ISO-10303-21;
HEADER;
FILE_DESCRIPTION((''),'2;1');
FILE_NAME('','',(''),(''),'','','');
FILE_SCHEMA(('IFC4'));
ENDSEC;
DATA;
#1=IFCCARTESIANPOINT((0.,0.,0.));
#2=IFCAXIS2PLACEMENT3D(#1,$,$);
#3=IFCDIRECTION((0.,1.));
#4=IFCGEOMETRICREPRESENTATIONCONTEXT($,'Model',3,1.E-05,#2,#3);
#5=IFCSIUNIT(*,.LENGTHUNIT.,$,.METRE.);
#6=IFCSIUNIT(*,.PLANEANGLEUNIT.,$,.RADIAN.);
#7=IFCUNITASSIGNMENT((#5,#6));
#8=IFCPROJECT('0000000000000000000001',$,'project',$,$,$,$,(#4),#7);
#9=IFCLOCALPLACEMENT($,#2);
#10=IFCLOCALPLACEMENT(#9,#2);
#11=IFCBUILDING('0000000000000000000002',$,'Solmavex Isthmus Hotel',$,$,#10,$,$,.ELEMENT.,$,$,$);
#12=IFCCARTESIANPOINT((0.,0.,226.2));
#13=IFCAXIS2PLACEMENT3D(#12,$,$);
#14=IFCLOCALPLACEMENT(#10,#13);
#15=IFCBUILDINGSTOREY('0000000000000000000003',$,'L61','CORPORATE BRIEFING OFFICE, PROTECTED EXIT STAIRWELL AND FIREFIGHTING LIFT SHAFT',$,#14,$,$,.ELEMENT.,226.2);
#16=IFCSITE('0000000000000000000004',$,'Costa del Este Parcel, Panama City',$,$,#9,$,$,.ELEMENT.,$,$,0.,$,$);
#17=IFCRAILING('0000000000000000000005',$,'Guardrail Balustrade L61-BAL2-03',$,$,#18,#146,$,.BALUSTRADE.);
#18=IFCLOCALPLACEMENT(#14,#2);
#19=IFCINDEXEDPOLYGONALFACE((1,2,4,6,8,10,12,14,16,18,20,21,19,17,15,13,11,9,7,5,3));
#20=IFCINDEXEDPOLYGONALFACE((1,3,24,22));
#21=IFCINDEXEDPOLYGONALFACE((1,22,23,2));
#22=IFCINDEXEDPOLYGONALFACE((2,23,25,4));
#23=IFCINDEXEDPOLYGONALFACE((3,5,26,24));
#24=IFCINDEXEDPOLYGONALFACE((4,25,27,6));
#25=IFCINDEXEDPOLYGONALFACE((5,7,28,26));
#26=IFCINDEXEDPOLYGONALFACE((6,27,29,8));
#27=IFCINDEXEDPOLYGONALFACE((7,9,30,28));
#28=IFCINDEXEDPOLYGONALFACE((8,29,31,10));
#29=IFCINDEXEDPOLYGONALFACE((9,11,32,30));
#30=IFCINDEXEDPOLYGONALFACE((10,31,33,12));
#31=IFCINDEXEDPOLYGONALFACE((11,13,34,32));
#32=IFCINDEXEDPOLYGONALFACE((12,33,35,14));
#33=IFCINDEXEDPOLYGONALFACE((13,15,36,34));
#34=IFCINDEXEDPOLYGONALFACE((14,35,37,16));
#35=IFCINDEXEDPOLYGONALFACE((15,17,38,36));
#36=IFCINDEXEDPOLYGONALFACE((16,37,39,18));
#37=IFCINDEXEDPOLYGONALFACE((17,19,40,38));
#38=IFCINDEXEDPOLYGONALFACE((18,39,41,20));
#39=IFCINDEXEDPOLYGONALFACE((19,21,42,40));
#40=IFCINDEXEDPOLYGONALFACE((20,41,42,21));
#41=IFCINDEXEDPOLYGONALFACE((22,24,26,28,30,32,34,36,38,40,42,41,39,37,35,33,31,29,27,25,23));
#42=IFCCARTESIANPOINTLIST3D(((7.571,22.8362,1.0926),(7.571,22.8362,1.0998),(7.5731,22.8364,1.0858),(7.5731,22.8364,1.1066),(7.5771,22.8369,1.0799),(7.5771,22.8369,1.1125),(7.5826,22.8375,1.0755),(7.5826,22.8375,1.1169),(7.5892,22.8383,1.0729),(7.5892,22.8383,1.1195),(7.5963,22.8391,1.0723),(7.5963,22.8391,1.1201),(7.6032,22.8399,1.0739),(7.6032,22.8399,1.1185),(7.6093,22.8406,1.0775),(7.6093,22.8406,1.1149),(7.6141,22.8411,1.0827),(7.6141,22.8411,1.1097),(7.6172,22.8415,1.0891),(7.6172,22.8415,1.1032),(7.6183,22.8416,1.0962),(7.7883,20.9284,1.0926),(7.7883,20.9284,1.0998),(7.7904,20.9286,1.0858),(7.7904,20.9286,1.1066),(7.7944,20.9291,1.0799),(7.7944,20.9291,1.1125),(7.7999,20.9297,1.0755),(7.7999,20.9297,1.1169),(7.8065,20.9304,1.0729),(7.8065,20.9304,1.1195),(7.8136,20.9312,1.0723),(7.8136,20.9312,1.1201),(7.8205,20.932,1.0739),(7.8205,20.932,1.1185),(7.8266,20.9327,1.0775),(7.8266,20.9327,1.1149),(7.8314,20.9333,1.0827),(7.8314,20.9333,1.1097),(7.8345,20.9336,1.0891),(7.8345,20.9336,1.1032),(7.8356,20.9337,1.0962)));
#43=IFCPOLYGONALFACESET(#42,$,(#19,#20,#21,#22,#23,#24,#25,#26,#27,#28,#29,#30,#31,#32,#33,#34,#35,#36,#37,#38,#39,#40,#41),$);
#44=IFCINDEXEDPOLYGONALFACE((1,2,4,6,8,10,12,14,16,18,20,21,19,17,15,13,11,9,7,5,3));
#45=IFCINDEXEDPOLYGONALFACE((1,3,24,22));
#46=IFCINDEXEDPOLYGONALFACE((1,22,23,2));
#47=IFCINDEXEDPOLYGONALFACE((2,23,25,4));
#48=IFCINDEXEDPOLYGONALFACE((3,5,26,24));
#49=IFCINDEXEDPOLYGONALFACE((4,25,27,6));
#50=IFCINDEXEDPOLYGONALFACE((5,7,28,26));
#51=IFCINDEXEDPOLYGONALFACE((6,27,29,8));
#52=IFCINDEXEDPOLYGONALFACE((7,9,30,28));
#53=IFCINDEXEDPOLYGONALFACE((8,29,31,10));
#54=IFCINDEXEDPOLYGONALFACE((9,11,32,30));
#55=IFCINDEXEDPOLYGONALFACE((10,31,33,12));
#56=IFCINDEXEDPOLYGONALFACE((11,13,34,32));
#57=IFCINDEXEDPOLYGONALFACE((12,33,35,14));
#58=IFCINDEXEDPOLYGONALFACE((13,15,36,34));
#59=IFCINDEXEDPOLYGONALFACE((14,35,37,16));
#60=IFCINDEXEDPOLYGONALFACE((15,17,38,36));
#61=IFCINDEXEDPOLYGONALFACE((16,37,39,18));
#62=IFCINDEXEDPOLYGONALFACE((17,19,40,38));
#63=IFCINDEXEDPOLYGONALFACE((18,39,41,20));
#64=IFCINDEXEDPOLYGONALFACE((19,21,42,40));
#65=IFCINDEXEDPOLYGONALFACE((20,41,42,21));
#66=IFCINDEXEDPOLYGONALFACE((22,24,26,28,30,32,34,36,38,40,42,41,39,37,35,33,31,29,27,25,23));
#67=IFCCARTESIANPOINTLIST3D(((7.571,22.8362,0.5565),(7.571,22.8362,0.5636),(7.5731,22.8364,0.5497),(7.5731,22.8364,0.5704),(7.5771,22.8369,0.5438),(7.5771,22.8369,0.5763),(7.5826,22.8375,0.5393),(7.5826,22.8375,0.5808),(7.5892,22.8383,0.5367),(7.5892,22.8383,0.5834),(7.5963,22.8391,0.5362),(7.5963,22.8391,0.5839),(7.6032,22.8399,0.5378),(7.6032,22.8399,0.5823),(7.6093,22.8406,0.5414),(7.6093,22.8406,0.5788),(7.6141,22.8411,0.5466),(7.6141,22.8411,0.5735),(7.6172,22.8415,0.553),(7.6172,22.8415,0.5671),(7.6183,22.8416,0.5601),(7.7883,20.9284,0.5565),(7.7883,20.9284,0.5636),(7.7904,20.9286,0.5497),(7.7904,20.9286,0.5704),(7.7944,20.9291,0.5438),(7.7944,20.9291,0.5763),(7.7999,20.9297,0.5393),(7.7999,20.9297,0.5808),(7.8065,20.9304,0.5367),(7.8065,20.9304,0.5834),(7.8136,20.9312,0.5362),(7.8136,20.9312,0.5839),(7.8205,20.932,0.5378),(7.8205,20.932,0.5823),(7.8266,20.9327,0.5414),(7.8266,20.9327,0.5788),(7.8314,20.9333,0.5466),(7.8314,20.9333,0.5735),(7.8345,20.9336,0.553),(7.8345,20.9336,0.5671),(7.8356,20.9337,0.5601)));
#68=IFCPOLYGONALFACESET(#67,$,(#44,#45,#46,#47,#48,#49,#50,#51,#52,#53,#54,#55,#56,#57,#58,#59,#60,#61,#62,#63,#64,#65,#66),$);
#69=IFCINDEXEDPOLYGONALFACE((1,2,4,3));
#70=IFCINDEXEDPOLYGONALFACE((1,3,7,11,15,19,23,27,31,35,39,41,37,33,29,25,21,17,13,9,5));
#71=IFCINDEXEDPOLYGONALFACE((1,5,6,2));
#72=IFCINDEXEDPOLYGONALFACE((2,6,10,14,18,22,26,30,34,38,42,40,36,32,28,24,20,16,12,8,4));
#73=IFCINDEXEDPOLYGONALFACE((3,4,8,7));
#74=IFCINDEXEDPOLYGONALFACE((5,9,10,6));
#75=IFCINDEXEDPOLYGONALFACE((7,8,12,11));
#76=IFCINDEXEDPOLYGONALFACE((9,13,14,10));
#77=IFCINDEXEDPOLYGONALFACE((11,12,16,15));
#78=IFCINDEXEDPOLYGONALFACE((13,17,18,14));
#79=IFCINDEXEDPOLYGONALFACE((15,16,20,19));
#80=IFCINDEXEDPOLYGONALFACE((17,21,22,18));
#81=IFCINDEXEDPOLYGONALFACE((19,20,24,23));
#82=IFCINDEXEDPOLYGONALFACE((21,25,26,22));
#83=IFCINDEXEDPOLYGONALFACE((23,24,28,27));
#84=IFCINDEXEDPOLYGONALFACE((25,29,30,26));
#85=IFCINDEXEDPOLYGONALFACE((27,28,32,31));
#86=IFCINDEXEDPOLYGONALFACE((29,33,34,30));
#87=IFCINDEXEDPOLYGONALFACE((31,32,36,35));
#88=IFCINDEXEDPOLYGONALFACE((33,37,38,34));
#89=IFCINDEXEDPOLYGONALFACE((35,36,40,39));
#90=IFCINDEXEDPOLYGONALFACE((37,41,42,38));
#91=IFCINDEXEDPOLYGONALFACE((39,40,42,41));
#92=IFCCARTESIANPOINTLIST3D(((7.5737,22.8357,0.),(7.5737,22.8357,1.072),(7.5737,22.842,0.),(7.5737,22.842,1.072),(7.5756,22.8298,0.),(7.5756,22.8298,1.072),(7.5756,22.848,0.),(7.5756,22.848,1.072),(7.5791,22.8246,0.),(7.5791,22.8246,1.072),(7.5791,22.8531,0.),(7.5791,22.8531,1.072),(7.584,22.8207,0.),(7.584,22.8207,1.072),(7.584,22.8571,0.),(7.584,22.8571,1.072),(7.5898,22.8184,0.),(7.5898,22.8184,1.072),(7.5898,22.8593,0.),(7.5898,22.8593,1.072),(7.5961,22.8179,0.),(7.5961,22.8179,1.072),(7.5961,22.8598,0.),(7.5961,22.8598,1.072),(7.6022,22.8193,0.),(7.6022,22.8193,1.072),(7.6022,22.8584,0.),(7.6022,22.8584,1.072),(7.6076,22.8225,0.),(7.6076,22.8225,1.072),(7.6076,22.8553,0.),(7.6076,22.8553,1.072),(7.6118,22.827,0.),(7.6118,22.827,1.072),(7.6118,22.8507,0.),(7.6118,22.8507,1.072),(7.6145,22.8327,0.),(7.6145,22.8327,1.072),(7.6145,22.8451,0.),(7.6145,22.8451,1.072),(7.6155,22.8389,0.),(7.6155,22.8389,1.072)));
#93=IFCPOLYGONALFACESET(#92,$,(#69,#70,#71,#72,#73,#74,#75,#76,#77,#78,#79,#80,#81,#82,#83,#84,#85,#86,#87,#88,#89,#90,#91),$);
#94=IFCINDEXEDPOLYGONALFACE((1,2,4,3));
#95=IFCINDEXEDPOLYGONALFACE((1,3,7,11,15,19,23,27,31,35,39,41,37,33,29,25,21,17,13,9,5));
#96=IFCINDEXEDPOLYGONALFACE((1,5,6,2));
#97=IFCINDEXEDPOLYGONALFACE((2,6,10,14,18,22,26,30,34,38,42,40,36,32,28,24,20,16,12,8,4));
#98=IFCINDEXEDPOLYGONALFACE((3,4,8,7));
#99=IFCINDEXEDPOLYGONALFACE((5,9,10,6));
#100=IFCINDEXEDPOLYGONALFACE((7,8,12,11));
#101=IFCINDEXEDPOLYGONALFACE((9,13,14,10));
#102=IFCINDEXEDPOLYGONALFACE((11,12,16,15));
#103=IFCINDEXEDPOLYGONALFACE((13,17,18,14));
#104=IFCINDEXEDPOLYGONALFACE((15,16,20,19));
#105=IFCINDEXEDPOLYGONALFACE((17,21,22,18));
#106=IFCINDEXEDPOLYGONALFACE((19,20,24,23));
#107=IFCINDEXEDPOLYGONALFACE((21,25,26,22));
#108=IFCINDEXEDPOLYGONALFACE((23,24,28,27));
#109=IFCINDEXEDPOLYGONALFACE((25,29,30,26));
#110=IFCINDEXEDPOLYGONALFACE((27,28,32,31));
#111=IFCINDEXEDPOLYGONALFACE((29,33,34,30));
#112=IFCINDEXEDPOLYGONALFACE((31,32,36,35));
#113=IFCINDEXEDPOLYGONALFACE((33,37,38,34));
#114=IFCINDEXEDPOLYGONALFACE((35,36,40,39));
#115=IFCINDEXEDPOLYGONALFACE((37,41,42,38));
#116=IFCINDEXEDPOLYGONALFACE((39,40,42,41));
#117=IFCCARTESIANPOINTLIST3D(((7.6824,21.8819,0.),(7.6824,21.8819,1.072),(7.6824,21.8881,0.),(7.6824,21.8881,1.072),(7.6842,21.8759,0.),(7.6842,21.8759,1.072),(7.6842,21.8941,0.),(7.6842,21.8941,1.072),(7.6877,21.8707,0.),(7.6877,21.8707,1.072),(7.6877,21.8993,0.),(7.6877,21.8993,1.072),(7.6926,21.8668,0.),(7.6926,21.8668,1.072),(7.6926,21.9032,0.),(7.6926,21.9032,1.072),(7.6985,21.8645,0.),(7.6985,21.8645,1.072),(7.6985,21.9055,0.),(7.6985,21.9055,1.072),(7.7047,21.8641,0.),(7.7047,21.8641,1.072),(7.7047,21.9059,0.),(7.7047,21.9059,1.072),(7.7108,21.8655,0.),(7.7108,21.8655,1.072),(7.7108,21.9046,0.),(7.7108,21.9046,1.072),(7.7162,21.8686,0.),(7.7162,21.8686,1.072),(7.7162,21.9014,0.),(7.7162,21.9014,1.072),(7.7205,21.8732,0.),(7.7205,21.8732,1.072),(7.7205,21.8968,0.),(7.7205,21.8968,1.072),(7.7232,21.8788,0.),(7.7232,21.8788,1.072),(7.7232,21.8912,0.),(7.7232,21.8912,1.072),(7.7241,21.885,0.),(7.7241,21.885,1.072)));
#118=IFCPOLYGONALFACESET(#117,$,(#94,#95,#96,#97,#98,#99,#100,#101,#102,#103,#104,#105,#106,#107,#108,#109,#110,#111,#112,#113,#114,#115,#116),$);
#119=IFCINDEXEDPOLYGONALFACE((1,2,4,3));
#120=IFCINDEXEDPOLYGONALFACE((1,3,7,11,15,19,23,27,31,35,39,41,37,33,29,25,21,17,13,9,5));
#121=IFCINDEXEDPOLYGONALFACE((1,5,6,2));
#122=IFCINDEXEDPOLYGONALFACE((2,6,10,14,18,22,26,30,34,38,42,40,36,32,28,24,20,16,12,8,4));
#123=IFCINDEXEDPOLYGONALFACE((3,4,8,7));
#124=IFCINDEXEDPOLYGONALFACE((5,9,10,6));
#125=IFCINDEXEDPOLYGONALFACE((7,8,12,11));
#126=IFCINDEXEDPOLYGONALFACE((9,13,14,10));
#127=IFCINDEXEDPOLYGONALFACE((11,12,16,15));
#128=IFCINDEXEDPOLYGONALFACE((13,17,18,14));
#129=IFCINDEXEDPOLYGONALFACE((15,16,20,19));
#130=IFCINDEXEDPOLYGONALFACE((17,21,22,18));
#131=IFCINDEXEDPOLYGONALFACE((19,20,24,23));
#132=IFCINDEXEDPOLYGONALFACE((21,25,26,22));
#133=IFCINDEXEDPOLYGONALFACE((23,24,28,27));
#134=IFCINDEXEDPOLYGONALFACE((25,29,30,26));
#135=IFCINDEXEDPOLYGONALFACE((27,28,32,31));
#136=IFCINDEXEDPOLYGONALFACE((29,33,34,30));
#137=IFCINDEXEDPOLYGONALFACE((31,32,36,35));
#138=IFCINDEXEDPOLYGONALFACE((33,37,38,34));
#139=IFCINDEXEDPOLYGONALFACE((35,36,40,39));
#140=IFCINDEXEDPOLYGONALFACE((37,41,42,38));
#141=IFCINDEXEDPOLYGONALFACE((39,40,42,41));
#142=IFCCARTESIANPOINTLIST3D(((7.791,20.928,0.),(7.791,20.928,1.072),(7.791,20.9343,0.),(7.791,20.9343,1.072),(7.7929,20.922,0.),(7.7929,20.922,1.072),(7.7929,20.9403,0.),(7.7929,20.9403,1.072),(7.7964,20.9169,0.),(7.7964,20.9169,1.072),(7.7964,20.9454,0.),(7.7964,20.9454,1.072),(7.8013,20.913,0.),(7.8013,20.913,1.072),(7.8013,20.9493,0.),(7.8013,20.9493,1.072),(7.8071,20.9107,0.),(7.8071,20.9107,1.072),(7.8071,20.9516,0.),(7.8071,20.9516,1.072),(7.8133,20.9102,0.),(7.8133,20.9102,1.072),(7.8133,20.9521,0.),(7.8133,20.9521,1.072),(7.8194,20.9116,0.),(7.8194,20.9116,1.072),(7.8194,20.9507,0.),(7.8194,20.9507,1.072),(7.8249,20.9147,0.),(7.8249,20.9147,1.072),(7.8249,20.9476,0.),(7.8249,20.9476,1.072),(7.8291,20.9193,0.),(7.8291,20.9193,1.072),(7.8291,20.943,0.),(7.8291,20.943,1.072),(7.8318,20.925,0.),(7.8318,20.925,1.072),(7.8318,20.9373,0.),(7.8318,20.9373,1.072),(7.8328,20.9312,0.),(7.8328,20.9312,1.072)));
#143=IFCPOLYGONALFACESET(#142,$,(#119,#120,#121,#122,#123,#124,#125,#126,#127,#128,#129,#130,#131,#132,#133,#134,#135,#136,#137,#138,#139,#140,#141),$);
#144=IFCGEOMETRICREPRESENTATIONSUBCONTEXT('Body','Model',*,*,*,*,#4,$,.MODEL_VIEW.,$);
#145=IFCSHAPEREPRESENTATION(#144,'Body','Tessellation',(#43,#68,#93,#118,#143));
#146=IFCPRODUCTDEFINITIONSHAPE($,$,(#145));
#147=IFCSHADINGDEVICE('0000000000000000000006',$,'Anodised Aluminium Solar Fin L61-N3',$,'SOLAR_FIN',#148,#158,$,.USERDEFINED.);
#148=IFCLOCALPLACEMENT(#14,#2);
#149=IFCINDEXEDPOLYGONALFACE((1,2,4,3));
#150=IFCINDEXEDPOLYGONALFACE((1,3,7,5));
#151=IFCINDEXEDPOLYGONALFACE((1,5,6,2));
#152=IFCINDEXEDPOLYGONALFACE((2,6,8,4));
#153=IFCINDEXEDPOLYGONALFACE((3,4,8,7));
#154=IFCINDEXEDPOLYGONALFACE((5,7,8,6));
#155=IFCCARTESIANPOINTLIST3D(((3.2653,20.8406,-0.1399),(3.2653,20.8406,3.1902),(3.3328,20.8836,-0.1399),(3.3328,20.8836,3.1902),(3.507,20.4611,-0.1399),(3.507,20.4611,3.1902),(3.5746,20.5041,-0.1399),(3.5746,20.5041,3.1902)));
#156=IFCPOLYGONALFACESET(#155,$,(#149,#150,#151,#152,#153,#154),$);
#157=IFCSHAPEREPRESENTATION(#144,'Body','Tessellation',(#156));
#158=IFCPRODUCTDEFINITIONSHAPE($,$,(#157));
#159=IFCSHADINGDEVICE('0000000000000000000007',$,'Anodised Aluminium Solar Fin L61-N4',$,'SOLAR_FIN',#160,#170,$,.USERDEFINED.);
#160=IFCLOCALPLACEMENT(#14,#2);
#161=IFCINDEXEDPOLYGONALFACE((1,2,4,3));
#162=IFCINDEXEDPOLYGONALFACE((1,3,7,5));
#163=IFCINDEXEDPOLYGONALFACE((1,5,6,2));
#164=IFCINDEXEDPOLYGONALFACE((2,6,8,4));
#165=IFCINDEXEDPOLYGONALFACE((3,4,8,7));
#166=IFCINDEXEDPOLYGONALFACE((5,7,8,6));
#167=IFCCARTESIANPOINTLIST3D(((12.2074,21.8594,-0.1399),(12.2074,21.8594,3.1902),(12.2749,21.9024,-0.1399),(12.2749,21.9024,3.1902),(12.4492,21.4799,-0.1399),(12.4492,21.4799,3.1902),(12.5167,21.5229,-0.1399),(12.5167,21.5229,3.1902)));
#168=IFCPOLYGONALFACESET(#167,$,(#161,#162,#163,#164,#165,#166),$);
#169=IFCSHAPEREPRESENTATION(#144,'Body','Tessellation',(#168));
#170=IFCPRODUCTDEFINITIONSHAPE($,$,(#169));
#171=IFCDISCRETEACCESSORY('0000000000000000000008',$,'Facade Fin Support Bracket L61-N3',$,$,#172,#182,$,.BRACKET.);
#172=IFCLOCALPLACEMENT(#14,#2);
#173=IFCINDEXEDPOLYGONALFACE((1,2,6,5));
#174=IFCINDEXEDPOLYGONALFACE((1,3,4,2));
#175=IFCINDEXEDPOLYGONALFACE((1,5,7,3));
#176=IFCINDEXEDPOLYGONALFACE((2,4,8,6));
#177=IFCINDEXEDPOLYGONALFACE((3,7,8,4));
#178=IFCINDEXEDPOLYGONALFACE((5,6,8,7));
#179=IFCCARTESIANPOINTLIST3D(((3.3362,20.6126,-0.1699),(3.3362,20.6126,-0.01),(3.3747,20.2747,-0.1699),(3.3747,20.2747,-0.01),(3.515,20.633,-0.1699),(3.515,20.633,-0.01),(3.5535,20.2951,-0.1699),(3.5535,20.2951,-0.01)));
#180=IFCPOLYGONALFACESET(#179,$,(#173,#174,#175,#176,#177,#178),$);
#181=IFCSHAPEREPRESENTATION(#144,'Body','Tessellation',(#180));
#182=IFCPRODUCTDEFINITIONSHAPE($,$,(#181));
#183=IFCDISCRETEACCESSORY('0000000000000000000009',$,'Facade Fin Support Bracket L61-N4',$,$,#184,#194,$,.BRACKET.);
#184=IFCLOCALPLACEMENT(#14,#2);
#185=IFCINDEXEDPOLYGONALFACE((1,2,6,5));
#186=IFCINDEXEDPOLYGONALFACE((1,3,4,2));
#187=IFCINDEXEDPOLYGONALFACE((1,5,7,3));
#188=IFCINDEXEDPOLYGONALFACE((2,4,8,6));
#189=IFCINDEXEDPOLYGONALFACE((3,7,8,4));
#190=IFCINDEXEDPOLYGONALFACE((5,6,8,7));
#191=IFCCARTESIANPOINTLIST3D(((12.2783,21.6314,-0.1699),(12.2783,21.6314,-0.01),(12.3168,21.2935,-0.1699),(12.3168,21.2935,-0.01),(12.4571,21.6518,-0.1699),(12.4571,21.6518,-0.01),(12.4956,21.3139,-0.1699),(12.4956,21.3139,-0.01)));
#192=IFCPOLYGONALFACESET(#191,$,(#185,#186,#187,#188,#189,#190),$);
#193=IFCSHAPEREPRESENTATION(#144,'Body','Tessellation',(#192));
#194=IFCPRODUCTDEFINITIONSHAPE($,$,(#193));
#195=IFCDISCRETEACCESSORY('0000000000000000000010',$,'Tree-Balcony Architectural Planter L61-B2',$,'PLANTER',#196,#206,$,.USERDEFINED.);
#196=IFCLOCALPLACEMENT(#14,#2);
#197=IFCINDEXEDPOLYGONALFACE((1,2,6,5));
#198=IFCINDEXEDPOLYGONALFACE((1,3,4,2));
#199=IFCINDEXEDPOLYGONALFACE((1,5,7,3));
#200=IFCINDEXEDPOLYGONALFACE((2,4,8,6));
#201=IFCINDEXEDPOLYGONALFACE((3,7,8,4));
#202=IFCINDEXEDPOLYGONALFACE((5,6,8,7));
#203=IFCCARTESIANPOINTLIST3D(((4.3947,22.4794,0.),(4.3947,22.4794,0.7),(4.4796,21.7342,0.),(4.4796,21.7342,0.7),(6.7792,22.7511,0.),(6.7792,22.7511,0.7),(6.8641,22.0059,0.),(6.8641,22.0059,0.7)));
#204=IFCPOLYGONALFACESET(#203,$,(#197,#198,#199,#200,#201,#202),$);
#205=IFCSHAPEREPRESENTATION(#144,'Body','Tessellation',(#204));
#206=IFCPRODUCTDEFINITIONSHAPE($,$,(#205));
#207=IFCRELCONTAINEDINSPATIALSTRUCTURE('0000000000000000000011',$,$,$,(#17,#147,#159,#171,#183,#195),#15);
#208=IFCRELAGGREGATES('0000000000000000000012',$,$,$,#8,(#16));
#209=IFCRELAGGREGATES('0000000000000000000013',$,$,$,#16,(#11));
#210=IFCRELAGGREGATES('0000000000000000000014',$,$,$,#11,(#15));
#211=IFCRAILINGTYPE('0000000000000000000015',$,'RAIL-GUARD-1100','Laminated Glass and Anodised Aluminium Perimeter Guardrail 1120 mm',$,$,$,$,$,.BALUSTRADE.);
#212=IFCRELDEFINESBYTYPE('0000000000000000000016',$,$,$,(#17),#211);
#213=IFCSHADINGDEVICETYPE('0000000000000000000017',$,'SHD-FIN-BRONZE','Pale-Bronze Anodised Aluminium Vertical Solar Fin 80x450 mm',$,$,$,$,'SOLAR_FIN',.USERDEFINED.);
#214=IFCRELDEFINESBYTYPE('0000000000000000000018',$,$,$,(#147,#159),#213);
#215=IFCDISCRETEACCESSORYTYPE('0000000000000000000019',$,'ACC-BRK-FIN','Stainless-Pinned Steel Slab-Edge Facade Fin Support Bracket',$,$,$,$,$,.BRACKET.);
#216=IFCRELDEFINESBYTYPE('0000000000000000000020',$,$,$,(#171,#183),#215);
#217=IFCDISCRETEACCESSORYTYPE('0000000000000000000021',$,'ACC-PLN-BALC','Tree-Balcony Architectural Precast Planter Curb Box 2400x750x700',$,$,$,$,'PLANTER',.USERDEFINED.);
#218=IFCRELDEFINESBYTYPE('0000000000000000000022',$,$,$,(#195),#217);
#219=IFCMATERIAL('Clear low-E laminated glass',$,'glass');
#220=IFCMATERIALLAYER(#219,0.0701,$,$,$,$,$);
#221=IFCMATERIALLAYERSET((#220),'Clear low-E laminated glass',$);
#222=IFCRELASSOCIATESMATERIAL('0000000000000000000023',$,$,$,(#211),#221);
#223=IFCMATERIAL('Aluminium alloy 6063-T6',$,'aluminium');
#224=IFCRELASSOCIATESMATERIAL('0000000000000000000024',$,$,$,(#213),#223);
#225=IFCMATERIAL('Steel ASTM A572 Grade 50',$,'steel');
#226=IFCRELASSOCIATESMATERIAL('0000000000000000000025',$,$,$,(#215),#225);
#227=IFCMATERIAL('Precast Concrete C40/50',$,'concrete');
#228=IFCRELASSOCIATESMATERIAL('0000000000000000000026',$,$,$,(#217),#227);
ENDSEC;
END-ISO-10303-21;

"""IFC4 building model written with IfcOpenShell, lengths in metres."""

from ifc_helpers import new_model, si_unit, direction, frame, origin, origin_2d, place, context, subcontext, project, spatial, rectangle, circle, extrude, material, layer, layer_set, type_object, element, save


model = new_model("IFC4")

# Units and contexts
model_context = context("Model", 3, precision=1e-05, world=origin(), true_north=direction((0.0, 1.0)))
body_context = subcontext(model_context, "Body", "Model", "MODEL_VIEW")
ifc_project = project(units=[si_unit("LENGTHUNIT", "METRE"), si_unit("PLANEANGLEUNIT", "RADIAN")], contexts=[model_context])

# Site, building, storey
site_placement = place(None, origin())
site = spatial("IfcSite", under=ifc_project, at=site_placement, Name="Costa del Este Parcel, Panama City", CompositionType="ELEMENT", RefElevation=0.0)
building_placement = place(site_placement, origin())
building = spatial("IfcBuilding", under=site, at=building_placement, Name="Solmavex Isthmus Hotel", CompositionType="ELEMENT")
storey_placement = place(building_placement, frame((0.0, 0.0, 226.2)))
storey = spatial("IfcBuildingStorey", under=building, at=storey_placement, Name="L61", Description="CORPORATE BRIEFING OFFICE, PROTECTED EXIT STAIRWELL AND FIREFIGHTING LIFT SHAFT", CompositionType="ELEMENT", Elevation=226.2)

# Shared definitions
ifc_material_1 = material(Name="Aluminium alloy 6063-T6", Category="aluminium")

# Shared definitions
ifc_material_2 = material(Name="Clear low-E laminated glass", Category="glass")

# Shared definitions
ifc_material_3 = material(Name="Precast Concrete C40/50", Category="concrete")

# Railing
ifc_layer_1 = layer(ifc_material_2, 0.0701)
ifc_layer_set_1 = layer_set([ifc_layer_1], Name="Clear low-E laminated glass")
railing_type = type_object("IfcRailingType", Name="RAIL-GUARD-1100", Description="Laminated Glass and Anodised Aluminium Perimeter Guardrail 1120 mm", PredefinedType="BALUSTRADE", material=ifc_layer_set_1)
railing_1_placement = place(storey_placement, frame((7.5945, 22.8389, 0.0)))
element("IfcRailing", 1, at=railing_1_placement, inside=storey, type_object=railing_type, Name="Guardrail Balustrade L61-BAL2-03", PredefinedType="BALUSTRADE", context=body_context, shape_type="SweptSolid", body=[
    extrude(circle(Radius=0.0239, at=origin_2d()), frame((0.0, 0.0, 1.0962), z_axis=(0.113166, -0.993576, 0.0), x_axis=(0.993576, 0.113166, 0.0)), (0.0, 0.0, 1.0), 1.9202),
    extrude(circle(Radius=0.0239, at=origin_2d()), frame((0.0, 0.0, 0.5601), z_axis=(0.113166, -0.993576, 0.0), x_axis=(0.993576, 0.113166, 0.0)), (0.0, 0.0, 1.0), 1.9202),
    extrude(circle(Radius=0.021, at=origin_2d()), origin(), (0.0, 0.0, 1.0), 1.072),
    extrude(circle(Radius=0.021, at=origin_2d()), frame((0.1086, -0.9539, 0.0)), (0.0, 0.0, 1.0), 1.072),
    extrude(circle(Radius=0.021, at=origin_2d()), frame((0.2173, -1.9077, 0.0)), (0.0, 0.0, 1.0), 1.072),
])

# Shading devices
shading_device_type = type_object("IfcShadingDeviceType", Name="SHD-FIN-BRONZE", Description="Pale-Bronze Anodised Aluminium Vertical Solar Fin 80x450 mm", ElementType="SOLAR_FIN", PredefinedType="USERDEFINED", material=ifc_material_1)
for number, where, z_axis, x_axis, name in (
    (2, (3.4199, 20.6724, -0.1399), (0.0, 0.0, 1.0), (-0.5373, 0.843391, 0.0), "Anodised Aluminium Solar Fin L61-N3"),
    (3, (12.3621, 21.6912, -0.1399), (0.0, 0.0, 1.0), (-0.5373, 0.843391, 0.0), "Anodised Aluminium Solar Fin L61-N4"),
):
    element("IfcShadingDevice", number, at=place(storey_placement, frame(where, z_axis=z_axis, x_axis=x_axis)), inside=storey, type_object=shading_device_type, Name=name, ObjectType="SOLAR_FIN", PredefinedType="USERDEFINED", context=body_context, shape_type="SweptSolid", body=[
        extrude(rectangle(XDim=0.45, YDim=0.0801, at=origin_2d()), origin(), (0.0, 0.0, 1.0), 3.3301),
    ])

# Discrete accessories
ifc_material_4 = material(Name="Steel ASTM A572 Grade 50", Category="steel")
discrete_accessory_type_1 = type_object("IfcDiscreteAccessoryType", Name="ACC-BRK-FIN", Description="Stainless-Pinned Steel Slab-Edge Facade Fin Support Bracket", PredefinedType="BRACKET", material=ifc_material_4)
for number, where, z_axis, x_axis, name in (
    (4, (3.4448, 20.4539, -0.1699), (0.0, 0.0, 1.0), (-0.113203, 0.993572, 0.0), "Facade Fin Support Bracket L61-N3"),
    (5, (12.387, 21.4727, -0.1699), (0.0, 0.0, 1.0), (-0.113203, 0.993572, 0.0), "Facade Fin Support Bracket L61-N4"),
):
    element("IfcDiscreteAccessory", number, at=place(storey_placement, frame(where, z_axis=z_axis, x_axis=x_axis)), inside=storey, type_object=discrete_accessory_type_1, Name=name, PredefinedType="BRACKET", context=body_context, shape_type="SweptSolid", body=[
        extrude(rectangle(XDim=0.3401, YDim=0.1799, at=origin_2d()), origin(), (0.0, 0.0, 1.0), 0.1599),
    ])
discrete_accessory_type_2 = type_object("IfcDiscreteAccessoryType", Name="ACC-PLN-BALC", Description="Tree-Balcony Architectural Precast Planter Curb Box 2400x750x700", ElementType="PLANTER", PredefinedType="USERDEFINED", material=ifc_material_3)
discrete_accessory_placement = place(storey_placement, frame((5.6294, 22.2427, 0.0), z_axis=(0.0, 0.0, 1.0), x_axis=(0.993572, 0.113203, 0.0)))
element("IfcDiscreteAccessory", 6, at=discrete_accessory_placement, inside=storey, type_object=discrete_accessory_type_2, Name="Tree-Balcony Architectural Planter L61-B2", ObjectType="PLANTER", PredefinedType="USERDEFINED", context=body_context, shape_type="SweptSolid", body=[
    extrude(rectangle(XDim=2.3999, YDim=0.75, at=origin_2d()), origin(), (0.0, 0.0, 1.0), 0.7),
])

save(model, "model.ifc")
